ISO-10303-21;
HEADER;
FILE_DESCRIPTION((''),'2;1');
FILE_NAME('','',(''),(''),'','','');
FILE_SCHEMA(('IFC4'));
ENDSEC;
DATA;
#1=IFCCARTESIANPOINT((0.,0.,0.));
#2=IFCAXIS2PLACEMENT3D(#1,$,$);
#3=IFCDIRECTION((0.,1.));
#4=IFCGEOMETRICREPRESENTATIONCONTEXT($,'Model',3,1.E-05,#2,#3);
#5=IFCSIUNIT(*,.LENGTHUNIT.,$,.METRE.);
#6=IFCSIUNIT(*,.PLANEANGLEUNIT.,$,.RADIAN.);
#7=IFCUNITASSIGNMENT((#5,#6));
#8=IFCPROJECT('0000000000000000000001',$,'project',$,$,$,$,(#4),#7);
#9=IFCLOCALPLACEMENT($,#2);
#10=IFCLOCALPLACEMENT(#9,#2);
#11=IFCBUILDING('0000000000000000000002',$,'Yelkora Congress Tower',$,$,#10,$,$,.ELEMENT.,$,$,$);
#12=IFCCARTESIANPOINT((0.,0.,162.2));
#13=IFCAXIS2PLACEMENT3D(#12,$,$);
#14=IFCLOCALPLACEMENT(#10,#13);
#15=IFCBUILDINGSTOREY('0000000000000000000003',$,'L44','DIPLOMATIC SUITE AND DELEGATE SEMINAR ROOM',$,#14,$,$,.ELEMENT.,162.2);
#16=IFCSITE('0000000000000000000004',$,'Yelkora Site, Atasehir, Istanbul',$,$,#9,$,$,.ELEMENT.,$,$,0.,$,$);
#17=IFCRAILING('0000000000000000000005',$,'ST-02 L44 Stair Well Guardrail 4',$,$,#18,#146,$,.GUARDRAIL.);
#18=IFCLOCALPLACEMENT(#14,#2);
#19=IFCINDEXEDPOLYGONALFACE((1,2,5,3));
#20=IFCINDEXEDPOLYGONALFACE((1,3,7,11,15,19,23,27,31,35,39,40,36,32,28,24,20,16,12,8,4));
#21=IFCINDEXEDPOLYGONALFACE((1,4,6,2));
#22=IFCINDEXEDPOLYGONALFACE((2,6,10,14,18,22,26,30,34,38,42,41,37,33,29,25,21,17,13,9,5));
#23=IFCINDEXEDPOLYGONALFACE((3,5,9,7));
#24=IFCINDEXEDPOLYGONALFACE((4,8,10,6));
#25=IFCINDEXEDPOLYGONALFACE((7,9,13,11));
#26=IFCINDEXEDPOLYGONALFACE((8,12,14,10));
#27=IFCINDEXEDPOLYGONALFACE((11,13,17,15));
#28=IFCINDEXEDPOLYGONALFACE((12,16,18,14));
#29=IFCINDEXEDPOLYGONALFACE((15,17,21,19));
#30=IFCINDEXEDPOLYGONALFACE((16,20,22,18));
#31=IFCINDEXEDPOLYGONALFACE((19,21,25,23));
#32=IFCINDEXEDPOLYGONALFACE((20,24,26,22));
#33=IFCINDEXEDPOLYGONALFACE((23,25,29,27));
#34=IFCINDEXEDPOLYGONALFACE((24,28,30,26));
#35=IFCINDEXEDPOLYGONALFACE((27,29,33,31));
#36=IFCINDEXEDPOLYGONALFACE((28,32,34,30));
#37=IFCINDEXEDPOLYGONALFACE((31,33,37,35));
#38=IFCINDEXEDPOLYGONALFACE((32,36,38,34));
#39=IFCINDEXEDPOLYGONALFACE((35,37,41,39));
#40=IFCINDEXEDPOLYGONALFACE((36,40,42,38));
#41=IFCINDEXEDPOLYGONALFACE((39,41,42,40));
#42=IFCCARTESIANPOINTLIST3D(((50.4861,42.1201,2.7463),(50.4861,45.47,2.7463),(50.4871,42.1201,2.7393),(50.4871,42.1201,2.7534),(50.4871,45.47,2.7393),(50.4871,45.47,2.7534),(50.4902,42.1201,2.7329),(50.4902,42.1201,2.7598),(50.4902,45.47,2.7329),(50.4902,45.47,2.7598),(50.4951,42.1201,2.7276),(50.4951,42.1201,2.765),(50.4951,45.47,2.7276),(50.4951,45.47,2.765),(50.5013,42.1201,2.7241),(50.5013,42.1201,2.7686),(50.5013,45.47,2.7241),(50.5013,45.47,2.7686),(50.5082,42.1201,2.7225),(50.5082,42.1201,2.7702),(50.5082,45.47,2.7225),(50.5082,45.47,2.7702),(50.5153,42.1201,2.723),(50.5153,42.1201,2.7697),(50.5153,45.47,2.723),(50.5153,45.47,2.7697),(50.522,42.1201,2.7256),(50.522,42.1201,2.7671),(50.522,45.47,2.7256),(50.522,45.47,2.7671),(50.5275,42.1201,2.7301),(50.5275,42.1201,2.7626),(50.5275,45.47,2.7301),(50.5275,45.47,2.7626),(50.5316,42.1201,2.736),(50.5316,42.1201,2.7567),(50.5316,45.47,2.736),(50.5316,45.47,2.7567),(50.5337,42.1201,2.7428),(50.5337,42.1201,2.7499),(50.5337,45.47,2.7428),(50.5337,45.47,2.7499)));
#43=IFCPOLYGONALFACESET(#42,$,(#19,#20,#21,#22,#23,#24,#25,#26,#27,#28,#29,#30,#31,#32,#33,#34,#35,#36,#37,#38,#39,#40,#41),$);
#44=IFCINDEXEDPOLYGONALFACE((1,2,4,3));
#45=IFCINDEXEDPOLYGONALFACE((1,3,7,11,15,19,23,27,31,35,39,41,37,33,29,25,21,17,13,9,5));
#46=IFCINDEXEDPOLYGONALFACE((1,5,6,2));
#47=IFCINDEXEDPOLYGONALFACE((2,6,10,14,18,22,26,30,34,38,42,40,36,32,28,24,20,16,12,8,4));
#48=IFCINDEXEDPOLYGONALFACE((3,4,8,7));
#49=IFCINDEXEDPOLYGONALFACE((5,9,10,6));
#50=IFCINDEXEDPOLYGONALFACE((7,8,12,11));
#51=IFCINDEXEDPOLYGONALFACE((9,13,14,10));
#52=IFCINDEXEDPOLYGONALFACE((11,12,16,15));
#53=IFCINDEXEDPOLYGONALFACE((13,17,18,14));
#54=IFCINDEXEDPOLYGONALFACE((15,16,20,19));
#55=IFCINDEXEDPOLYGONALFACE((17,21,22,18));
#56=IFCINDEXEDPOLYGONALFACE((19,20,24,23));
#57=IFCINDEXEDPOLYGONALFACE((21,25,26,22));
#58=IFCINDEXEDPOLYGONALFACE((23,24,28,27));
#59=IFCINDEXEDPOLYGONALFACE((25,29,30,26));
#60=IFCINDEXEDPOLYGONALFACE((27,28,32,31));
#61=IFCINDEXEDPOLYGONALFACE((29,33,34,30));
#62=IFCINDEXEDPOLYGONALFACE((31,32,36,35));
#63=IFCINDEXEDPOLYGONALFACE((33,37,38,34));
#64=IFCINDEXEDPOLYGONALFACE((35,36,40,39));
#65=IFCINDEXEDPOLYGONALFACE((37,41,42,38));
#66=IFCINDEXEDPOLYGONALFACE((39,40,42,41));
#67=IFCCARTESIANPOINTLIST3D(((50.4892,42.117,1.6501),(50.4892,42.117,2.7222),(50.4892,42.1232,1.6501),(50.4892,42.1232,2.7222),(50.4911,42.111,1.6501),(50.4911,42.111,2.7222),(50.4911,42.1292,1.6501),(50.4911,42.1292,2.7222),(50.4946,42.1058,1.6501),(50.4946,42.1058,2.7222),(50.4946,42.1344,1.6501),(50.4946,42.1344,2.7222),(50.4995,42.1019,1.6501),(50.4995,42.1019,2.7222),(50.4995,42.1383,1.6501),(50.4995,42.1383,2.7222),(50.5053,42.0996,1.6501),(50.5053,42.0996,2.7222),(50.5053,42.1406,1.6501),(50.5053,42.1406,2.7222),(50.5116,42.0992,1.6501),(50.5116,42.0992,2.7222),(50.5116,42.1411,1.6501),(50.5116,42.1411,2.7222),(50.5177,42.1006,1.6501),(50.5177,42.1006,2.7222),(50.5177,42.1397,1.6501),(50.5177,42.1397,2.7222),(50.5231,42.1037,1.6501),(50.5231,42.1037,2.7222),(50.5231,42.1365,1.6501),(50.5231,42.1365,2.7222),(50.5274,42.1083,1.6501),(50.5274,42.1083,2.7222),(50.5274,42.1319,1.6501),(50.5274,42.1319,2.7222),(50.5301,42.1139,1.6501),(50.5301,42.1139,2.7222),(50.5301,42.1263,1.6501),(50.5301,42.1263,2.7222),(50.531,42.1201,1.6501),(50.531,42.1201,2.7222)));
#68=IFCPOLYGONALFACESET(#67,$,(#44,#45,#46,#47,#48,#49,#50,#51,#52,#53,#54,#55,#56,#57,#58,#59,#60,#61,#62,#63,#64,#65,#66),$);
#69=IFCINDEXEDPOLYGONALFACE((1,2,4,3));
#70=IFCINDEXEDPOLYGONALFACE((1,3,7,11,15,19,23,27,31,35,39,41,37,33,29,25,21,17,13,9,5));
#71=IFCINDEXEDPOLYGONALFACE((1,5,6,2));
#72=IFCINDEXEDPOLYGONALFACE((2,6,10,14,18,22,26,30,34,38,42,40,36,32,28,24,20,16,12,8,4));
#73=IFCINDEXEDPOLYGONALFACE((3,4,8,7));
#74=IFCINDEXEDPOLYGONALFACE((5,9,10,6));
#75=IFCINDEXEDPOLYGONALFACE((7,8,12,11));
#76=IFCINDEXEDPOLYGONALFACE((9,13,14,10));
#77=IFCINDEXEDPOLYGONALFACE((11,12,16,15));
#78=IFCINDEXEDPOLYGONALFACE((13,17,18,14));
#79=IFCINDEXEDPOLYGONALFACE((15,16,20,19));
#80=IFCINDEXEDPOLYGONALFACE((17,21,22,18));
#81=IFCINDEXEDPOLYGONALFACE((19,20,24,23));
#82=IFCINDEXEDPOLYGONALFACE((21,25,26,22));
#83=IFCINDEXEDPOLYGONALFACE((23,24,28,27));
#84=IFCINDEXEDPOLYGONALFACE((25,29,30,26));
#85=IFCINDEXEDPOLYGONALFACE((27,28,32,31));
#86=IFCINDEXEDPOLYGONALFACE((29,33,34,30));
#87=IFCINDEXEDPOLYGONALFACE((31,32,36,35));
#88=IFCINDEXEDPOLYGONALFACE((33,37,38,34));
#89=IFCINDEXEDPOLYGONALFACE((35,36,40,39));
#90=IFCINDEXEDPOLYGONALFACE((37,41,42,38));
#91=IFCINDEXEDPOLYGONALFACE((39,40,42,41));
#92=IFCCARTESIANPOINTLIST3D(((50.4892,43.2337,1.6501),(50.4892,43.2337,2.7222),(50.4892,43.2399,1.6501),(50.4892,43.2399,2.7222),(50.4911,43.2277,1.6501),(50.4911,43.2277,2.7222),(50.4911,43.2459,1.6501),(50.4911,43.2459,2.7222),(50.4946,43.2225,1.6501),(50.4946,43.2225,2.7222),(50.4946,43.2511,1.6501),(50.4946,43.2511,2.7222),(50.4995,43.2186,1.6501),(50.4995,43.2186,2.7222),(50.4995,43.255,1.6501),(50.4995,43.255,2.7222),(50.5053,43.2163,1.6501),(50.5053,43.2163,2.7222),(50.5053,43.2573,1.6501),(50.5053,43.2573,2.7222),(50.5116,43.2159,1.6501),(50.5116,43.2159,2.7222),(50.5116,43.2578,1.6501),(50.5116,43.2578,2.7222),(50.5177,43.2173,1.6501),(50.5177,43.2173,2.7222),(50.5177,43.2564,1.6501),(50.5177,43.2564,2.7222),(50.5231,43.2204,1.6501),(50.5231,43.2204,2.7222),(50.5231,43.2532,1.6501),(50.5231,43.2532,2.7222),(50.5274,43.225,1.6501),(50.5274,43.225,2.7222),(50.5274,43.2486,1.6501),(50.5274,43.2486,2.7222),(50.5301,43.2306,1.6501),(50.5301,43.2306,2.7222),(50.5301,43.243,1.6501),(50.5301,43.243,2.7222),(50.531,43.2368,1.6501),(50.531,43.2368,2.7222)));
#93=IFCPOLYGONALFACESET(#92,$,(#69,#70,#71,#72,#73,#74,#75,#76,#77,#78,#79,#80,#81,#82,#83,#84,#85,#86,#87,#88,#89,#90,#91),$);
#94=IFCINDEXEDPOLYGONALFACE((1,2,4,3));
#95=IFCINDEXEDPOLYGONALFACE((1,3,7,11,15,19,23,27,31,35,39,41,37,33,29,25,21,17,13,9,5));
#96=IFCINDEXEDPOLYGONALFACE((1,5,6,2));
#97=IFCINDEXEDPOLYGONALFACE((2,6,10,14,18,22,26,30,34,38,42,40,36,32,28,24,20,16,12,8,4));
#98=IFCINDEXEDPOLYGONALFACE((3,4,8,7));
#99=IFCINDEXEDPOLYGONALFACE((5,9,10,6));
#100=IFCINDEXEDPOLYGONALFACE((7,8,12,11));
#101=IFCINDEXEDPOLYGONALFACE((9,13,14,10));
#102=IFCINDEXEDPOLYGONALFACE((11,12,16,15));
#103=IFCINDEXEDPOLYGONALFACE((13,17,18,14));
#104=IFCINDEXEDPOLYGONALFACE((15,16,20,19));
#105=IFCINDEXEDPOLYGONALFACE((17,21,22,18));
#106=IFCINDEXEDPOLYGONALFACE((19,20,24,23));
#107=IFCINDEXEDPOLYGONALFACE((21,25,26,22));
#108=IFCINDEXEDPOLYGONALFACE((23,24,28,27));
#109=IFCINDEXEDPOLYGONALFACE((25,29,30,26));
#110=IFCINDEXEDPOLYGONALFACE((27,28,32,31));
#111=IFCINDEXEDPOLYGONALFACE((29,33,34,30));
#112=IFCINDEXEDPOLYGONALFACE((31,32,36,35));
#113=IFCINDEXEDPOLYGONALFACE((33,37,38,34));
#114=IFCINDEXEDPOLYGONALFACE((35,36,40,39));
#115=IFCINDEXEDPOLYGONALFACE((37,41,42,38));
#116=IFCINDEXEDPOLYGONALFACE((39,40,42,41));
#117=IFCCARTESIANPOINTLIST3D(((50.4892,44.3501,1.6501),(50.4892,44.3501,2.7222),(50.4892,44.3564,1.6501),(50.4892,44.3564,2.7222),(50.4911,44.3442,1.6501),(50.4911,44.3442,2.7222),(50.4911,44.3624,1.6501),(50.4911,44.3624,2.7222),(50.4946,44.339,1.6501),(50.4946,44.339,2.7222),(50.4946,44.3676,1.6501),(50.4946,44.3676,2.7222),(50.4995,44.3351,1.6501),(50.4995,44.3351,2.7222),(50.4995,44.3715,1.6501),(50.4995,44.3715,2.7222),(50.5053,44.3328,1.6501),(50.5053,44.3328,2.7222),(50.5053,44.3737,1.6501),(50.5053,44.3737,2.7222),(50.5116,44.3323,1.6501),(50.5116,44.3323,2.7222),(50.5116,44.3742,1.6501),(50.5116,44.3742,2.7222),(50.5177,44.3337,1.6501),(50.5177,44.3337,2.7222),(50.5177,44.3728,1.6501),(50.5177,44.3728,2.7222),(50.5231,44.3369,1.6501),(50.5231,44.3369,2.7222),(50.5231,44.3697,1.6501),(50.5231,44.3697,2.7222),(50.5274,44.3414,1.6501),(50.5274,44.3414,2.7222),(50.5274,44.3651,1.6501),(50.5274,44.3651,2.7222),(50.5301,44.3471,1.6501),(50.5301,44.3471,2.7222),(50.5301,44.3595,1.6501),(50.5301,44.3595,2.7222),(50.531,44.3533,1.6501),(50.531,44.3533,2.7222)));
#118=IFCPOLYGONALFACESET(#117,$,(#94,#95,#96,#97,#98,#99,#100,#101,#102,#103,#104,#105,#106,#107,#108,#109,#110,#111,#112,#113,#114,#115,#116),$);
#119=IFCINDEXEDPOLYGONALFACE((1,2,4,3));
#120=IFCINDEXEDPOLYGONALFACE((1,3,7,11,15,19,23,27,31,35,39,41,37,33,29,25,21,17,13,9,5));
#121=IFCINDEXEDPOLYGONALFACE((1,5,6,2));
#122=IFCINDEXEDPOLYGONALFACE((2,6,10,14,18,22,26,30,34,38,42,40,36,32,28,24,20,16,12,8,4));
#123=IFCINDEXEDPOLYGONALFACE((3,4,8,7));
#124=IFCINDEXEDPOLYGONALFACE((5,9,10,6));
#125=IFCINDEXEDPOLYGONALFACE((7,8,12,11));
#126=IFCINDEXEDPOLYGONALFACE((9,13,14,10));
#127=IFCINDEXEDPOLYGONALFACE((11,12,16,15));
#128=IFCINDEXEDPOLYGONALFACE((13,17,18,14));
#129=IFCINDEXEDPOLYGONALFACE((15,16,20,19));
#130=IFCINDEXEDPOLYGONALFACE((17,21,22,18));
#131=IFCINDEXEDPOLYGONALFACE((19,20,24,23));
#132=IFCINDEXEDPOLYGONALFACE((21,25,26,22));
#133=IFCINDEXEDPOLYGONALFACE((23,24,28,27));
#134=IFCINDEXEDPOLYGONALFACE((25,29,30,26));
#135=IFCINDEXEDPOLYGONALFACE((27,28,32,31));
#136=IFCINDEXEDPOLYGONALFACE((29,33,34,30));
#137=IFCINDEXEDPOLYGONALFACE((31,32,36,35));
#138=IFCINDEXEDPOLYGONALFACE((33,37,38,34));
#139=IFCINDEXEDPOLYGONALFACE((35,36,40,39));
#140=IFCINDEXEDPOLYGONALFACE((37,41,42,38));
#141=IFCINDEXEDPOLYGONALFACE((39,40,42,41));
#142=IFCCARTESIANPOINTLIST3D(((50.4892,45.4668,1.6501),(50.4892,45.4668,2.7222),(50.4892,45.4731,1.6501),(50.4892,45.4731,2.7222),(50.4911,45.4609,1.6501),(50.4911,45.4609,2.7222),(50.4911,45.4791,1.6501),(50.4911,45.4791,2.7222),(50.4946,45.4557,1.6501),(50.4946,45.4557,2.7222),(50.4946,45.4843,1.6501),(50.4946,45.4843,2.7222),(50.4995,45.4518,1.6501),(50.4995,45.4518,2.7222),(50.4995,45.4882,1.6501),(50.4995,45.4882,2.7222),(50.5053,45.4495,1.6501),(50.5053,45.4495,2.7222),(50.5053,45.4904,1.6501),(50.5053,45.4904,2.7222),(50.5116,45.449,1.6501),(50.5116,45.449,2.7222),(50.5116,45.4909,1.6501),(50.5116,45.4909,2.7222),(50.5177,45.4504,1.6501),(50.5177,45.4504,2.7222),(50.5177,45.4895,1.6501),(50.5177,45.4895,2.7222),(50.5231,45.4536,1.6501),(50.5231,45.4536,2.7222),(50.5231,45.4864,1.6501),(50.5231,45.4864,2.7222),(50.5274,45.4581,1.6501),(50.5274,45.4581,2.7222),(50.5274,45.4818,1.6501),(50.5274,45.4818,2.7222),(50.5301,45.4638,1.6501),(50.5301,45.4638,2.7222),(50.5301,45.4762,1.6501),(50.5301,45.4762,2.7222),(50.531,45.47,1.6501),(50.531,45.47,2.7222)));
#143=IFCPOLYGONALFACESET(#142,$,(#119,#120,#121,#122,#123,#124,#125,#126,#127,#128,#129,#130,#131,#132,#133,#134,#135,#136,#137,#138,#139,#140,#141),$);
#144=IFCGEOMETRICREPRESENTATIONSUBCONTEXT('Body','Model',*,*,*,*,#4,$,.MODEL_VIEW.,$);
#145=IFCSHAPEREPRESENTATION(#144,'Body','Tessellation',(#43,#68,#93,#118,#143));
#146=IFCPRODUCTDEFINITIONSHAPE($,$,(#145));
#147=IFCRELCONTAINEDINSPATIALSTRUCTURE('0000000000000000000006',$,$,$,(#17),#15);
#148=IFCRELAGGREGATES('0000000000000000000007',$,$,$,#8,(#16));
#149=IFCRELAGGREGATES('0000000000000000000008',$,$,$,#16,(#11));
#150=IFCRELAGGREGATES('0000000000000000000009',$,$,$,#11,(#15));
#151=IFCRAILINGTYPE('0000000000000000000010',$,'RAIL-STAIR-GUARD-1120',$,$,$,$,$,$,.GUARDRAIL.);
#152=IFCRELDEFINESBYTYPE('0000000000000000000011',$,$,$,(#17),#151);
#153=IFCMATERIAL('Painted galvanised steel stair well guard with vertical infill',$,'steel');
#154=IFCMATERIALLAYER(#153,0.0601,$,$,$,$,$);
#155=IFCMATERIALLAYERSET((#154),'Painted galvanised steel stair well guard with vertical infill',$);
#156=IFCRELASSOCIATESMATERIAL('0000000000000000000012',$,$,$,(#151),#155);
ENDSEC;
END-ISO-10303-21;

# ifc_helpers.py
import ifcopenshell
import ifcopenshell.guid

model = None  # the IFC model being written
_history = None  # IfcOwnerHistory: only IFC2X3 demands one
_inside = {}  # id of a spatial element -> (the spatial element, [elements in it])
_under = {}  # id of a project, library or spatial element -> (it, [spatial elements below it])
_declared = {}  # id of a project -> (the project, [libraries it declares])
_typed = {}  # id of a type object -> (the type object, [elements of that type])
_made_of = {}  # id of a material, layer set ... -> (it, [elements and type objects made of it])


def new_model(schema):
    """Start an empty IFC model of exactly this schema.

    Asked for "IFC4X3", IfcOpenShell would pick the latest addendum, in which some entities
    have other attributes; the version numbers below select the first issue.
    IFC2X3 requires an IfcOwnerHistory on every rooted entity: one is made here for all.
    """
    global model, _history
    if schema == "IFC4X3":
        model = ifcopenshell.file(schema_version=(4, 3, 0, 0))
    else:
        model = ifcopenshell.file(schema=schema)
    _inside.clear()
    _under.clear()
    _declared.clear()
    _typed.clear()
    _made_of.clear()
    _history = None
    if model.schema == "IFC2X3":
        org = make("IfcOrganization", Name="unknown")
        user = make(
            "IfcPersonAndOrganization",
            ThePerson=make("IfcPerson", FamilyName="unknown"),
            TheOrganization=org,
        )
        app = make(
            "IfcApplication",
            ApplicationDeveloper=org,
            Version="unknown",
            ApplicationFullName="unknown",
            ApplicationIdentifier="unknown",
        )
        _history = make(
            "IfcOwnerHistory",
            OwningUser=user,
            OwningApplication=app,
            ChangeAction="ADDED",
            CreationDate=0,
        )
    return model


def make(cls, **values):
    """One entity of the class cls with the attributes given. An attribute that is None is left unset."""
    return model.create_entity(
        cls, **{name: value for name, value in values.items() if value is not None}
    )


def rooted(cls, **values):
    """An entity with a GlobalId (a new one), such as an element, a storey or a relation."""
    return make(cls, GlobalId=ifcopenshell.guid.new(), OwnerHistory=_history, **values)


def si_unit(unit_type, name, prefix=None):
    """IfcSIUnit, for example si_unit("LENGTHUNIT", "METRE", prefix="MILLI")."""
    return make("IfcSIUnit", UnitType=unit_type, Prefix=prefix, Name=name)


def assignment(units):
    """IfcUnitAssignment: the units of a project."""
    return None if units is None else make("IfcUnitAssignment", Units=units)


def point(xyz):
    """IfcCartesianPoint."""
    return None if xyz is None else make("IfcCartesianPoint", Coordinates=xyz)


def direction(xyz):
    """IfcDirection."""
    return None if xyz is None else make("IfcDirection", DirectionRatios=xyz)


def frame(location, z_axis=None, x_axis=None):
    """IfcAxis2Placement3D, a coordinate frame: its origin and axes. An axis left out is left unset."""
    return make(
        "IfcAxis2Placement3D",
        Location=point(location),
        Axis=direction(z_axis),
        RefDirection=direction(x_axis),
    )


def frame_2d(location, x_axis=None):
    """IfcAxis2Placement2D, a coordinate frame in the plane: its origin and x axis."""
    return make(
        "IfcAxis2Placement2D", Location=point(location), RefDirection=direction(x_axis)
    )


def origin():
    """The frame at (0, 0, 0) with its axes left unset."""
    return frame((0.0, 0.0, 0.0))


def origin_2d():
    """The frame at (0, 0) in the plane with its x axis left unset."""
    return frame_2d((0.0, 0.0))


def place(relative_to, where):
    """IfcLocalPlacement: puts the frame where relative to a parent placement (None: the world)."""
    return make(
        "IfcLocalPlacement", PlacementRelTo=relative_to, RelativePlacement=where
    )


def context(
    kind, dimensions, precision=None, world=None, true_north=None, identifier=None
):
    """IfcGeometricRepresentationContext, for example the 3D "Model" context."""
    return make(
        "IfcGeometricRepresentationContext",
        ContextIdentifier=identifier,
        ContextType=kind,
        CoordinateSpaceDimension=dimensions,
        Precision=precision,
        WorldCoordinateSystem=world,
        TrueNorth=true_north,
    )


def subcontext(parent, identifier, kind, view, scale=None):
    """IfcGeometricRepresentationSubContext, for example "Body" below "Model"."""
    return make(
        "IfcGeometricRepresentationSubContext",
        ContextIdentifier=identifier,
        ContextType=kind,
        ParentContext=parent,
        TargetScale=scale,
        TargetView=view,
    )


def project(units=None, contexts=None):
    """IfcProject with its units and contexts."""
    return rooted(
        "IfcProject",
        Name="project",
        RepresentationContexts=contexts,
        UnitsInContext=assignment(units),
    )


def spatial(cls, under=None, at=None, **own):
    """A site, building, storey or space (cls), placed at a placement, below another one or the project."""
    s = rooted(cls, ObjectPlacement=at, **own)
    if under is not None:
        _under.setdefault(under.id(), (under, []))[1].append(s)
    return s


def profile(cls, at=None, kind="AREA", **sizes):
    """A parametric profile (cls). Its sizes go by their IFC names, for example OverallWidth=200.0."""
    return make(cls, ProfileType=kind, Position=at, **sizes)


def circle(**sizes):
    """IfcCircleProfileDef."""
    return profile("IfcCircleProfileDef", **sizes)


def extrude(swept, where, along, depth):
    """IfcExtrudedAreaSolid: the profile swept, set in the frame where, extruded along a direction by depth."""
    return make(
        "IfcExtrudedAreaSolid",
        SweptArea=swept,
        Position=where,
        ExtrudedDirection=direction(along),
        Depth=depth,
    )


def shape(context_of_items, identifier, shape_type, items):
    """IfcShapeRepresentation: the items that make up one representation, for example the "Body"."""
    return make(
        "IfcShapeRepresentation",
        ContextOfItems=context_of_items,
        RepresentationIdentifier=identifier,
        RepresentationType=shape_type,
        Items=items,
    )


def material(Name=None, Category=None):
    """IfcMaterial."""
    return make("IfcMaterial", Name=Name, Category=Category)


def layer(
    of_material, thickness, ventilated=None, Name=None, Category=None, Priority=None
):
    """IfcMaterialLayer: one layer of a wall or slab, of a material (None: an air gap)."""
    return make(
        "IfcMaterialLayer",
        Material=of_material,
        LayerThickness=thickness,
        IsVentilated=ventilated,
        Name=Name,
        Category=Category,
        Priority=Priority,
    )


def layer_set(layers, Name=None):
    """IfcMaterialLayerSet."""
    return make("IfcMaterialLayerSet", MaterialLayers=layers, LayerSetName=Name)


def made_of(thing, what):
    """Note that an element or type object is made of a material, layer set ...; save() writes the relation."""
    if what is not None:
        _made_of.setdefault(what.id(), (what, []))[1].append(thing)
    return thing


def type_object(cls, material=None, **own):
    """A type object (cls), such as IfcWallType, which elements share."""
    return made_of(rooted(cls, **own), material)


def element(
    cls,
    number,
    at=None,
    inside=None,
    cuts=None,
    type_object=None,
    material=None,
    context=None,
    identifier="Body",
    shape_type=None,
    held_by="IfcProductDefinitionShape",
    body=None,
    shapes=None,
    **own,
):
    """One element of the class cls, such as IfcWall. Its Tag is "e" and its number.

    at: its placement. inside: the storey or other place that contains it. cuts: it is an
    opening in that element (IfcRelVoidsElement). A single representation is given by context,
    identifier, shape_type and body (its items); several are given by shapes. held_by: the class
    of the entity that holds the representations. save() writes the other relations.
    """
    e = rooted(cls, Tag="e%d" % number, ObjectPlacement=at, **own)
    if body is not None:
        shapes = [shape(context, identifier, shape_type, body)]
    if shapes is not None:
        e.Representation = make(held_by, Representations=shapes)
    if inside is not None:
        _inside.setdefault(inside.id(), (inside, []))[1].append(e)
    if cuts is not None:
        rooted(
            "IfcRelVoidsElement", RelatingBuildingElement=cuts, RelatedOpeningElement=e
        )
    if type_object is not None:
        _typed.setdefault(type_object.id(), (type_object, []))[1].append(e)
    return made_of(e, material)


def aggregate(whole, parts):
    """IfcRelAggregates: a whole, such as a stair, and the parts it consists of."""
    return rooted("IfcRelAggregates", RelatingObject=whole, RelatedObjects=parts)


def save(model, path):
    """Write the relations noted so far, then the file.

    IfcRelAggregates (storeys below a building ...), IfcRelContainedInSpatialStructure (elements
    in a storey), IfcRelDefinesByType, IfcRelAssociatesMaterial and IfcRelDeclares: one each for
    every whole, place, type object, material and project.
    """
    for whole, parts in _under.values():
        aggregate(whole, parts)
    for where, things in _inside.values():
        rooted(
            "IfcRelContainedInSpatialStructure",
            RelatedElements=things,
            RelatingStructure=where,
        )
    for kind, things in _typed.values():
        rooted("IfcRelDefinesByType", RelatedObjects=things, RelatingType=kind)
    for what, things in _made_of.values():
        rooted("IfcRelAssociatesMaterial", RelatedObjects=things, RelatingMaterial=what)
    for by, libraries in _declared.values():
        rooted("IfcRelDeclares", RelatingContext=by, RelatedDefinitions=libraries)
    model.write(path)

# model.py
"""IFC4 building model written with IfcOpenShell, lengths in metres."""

from ifc_helpers import new_model, si_unit, direction, frame, origin, origin_2d, place, context, subcontext, project, spatial, circle, extrude, material, layer, layer_set, type_object, element, save


model = new_model("IFC4")

# Units and contexts
model_context = context("Model", 3, precision=1e-05, world=origin(), true_north=direction((0.0, 1.0)))
body_context = subcontext(model_context, "Body", "Model", "MODEL_VIEW")
ifc_project = project(units=[si_unit("LENGTHUNIT", "METRE"), si_unit("PLANEANGLEUNIT", "RADIAN")], contexts=[model_context])

# Site, building, storey
site_placement = place(None, origin())
site = spatial("IfcSite", under=ifc_project, at=site_placement, Name="Yelkora Site, Atasehir, Istanbul", CompositionType="ELEMENT", RefElevation=0.0)
building_placement = place(site_placement, origin())
building = spatial("IfcBuilding", under=site, at=building_placement, Name="Yelkora Congress Tower", CompositionType="ELEMENT")
storey_placement = place(building_placement, frame((0.0, 0.0, 162.2)))
storey = spatial("IfcBuildingStorey", under=building, at=storey_placement, Name="L44", Description="DIPLOMATIC SUITE AND DELEGATE SEMINAR ROOM", CompositionType="ELEMENT", Elevation=162.2)

# Railing
ifc_material_1 = material(Name="Painted galvanised steel stair well guard with vertical infill", Category="steel")
ifc_layer_1 = layer(ifc_material_1, 0.0601)
ifc_layer_set_1 = layer_set([ifc_layer_1], Name="Painted galvanised steel stair well guard with vertical infill")
railing_type_1 = type_object("IfcRailingType", Name="RAIL-STAIR-GUARD-1120", PredefinedType="GUARDRAIL", material=ifc_layer_set_1)
for number, where, name in (
    (1, (50.51, 42.1201, 1.6501), "ST-02 L44 Stair Well Guardrail 4"),
):
    element("IfcRailing", number, at=place(storey_placement, frame(where)), inside=storey, type_object=railing_type_1, Name=name, PredefinedType="GUARDRAIL", context=body_context, shape_type="SweptSolid", body=[
        extrude(circle(Radius=0.0239, at=origin_2d()), frame((0.0, 0.0, 1.0962), z_axis=(0.0, 1.0, 0.0), x_axis=(-1.0, 0.0, 0.0)), (0.0, 0.0, 1.0), 3.3499),
        extrude(circle(Radius=0.021, at=origin_2d()), origin(), (0.0, 0.0, 1.0), 1.072),
        extrude(circle(Radius=0.021, at=origin_2d()), frame((0.0, 1.1167, 0.0)), (0.0, 0.0, 1.0), 1.072),
        extrude(circle(Radius=0.021, at=origin_2d()), frame((0.0, 2.2332, 0.0)), (0.0, 0.0, 1.0), 1.072),
        extrude(circle(Radius=0.021, at=origin_2d()), frame((0.0, 3.3499, 0.0)), (0.0, 0.0, 1.0), 1.072),
    ])

save(model, "model.ifc")
